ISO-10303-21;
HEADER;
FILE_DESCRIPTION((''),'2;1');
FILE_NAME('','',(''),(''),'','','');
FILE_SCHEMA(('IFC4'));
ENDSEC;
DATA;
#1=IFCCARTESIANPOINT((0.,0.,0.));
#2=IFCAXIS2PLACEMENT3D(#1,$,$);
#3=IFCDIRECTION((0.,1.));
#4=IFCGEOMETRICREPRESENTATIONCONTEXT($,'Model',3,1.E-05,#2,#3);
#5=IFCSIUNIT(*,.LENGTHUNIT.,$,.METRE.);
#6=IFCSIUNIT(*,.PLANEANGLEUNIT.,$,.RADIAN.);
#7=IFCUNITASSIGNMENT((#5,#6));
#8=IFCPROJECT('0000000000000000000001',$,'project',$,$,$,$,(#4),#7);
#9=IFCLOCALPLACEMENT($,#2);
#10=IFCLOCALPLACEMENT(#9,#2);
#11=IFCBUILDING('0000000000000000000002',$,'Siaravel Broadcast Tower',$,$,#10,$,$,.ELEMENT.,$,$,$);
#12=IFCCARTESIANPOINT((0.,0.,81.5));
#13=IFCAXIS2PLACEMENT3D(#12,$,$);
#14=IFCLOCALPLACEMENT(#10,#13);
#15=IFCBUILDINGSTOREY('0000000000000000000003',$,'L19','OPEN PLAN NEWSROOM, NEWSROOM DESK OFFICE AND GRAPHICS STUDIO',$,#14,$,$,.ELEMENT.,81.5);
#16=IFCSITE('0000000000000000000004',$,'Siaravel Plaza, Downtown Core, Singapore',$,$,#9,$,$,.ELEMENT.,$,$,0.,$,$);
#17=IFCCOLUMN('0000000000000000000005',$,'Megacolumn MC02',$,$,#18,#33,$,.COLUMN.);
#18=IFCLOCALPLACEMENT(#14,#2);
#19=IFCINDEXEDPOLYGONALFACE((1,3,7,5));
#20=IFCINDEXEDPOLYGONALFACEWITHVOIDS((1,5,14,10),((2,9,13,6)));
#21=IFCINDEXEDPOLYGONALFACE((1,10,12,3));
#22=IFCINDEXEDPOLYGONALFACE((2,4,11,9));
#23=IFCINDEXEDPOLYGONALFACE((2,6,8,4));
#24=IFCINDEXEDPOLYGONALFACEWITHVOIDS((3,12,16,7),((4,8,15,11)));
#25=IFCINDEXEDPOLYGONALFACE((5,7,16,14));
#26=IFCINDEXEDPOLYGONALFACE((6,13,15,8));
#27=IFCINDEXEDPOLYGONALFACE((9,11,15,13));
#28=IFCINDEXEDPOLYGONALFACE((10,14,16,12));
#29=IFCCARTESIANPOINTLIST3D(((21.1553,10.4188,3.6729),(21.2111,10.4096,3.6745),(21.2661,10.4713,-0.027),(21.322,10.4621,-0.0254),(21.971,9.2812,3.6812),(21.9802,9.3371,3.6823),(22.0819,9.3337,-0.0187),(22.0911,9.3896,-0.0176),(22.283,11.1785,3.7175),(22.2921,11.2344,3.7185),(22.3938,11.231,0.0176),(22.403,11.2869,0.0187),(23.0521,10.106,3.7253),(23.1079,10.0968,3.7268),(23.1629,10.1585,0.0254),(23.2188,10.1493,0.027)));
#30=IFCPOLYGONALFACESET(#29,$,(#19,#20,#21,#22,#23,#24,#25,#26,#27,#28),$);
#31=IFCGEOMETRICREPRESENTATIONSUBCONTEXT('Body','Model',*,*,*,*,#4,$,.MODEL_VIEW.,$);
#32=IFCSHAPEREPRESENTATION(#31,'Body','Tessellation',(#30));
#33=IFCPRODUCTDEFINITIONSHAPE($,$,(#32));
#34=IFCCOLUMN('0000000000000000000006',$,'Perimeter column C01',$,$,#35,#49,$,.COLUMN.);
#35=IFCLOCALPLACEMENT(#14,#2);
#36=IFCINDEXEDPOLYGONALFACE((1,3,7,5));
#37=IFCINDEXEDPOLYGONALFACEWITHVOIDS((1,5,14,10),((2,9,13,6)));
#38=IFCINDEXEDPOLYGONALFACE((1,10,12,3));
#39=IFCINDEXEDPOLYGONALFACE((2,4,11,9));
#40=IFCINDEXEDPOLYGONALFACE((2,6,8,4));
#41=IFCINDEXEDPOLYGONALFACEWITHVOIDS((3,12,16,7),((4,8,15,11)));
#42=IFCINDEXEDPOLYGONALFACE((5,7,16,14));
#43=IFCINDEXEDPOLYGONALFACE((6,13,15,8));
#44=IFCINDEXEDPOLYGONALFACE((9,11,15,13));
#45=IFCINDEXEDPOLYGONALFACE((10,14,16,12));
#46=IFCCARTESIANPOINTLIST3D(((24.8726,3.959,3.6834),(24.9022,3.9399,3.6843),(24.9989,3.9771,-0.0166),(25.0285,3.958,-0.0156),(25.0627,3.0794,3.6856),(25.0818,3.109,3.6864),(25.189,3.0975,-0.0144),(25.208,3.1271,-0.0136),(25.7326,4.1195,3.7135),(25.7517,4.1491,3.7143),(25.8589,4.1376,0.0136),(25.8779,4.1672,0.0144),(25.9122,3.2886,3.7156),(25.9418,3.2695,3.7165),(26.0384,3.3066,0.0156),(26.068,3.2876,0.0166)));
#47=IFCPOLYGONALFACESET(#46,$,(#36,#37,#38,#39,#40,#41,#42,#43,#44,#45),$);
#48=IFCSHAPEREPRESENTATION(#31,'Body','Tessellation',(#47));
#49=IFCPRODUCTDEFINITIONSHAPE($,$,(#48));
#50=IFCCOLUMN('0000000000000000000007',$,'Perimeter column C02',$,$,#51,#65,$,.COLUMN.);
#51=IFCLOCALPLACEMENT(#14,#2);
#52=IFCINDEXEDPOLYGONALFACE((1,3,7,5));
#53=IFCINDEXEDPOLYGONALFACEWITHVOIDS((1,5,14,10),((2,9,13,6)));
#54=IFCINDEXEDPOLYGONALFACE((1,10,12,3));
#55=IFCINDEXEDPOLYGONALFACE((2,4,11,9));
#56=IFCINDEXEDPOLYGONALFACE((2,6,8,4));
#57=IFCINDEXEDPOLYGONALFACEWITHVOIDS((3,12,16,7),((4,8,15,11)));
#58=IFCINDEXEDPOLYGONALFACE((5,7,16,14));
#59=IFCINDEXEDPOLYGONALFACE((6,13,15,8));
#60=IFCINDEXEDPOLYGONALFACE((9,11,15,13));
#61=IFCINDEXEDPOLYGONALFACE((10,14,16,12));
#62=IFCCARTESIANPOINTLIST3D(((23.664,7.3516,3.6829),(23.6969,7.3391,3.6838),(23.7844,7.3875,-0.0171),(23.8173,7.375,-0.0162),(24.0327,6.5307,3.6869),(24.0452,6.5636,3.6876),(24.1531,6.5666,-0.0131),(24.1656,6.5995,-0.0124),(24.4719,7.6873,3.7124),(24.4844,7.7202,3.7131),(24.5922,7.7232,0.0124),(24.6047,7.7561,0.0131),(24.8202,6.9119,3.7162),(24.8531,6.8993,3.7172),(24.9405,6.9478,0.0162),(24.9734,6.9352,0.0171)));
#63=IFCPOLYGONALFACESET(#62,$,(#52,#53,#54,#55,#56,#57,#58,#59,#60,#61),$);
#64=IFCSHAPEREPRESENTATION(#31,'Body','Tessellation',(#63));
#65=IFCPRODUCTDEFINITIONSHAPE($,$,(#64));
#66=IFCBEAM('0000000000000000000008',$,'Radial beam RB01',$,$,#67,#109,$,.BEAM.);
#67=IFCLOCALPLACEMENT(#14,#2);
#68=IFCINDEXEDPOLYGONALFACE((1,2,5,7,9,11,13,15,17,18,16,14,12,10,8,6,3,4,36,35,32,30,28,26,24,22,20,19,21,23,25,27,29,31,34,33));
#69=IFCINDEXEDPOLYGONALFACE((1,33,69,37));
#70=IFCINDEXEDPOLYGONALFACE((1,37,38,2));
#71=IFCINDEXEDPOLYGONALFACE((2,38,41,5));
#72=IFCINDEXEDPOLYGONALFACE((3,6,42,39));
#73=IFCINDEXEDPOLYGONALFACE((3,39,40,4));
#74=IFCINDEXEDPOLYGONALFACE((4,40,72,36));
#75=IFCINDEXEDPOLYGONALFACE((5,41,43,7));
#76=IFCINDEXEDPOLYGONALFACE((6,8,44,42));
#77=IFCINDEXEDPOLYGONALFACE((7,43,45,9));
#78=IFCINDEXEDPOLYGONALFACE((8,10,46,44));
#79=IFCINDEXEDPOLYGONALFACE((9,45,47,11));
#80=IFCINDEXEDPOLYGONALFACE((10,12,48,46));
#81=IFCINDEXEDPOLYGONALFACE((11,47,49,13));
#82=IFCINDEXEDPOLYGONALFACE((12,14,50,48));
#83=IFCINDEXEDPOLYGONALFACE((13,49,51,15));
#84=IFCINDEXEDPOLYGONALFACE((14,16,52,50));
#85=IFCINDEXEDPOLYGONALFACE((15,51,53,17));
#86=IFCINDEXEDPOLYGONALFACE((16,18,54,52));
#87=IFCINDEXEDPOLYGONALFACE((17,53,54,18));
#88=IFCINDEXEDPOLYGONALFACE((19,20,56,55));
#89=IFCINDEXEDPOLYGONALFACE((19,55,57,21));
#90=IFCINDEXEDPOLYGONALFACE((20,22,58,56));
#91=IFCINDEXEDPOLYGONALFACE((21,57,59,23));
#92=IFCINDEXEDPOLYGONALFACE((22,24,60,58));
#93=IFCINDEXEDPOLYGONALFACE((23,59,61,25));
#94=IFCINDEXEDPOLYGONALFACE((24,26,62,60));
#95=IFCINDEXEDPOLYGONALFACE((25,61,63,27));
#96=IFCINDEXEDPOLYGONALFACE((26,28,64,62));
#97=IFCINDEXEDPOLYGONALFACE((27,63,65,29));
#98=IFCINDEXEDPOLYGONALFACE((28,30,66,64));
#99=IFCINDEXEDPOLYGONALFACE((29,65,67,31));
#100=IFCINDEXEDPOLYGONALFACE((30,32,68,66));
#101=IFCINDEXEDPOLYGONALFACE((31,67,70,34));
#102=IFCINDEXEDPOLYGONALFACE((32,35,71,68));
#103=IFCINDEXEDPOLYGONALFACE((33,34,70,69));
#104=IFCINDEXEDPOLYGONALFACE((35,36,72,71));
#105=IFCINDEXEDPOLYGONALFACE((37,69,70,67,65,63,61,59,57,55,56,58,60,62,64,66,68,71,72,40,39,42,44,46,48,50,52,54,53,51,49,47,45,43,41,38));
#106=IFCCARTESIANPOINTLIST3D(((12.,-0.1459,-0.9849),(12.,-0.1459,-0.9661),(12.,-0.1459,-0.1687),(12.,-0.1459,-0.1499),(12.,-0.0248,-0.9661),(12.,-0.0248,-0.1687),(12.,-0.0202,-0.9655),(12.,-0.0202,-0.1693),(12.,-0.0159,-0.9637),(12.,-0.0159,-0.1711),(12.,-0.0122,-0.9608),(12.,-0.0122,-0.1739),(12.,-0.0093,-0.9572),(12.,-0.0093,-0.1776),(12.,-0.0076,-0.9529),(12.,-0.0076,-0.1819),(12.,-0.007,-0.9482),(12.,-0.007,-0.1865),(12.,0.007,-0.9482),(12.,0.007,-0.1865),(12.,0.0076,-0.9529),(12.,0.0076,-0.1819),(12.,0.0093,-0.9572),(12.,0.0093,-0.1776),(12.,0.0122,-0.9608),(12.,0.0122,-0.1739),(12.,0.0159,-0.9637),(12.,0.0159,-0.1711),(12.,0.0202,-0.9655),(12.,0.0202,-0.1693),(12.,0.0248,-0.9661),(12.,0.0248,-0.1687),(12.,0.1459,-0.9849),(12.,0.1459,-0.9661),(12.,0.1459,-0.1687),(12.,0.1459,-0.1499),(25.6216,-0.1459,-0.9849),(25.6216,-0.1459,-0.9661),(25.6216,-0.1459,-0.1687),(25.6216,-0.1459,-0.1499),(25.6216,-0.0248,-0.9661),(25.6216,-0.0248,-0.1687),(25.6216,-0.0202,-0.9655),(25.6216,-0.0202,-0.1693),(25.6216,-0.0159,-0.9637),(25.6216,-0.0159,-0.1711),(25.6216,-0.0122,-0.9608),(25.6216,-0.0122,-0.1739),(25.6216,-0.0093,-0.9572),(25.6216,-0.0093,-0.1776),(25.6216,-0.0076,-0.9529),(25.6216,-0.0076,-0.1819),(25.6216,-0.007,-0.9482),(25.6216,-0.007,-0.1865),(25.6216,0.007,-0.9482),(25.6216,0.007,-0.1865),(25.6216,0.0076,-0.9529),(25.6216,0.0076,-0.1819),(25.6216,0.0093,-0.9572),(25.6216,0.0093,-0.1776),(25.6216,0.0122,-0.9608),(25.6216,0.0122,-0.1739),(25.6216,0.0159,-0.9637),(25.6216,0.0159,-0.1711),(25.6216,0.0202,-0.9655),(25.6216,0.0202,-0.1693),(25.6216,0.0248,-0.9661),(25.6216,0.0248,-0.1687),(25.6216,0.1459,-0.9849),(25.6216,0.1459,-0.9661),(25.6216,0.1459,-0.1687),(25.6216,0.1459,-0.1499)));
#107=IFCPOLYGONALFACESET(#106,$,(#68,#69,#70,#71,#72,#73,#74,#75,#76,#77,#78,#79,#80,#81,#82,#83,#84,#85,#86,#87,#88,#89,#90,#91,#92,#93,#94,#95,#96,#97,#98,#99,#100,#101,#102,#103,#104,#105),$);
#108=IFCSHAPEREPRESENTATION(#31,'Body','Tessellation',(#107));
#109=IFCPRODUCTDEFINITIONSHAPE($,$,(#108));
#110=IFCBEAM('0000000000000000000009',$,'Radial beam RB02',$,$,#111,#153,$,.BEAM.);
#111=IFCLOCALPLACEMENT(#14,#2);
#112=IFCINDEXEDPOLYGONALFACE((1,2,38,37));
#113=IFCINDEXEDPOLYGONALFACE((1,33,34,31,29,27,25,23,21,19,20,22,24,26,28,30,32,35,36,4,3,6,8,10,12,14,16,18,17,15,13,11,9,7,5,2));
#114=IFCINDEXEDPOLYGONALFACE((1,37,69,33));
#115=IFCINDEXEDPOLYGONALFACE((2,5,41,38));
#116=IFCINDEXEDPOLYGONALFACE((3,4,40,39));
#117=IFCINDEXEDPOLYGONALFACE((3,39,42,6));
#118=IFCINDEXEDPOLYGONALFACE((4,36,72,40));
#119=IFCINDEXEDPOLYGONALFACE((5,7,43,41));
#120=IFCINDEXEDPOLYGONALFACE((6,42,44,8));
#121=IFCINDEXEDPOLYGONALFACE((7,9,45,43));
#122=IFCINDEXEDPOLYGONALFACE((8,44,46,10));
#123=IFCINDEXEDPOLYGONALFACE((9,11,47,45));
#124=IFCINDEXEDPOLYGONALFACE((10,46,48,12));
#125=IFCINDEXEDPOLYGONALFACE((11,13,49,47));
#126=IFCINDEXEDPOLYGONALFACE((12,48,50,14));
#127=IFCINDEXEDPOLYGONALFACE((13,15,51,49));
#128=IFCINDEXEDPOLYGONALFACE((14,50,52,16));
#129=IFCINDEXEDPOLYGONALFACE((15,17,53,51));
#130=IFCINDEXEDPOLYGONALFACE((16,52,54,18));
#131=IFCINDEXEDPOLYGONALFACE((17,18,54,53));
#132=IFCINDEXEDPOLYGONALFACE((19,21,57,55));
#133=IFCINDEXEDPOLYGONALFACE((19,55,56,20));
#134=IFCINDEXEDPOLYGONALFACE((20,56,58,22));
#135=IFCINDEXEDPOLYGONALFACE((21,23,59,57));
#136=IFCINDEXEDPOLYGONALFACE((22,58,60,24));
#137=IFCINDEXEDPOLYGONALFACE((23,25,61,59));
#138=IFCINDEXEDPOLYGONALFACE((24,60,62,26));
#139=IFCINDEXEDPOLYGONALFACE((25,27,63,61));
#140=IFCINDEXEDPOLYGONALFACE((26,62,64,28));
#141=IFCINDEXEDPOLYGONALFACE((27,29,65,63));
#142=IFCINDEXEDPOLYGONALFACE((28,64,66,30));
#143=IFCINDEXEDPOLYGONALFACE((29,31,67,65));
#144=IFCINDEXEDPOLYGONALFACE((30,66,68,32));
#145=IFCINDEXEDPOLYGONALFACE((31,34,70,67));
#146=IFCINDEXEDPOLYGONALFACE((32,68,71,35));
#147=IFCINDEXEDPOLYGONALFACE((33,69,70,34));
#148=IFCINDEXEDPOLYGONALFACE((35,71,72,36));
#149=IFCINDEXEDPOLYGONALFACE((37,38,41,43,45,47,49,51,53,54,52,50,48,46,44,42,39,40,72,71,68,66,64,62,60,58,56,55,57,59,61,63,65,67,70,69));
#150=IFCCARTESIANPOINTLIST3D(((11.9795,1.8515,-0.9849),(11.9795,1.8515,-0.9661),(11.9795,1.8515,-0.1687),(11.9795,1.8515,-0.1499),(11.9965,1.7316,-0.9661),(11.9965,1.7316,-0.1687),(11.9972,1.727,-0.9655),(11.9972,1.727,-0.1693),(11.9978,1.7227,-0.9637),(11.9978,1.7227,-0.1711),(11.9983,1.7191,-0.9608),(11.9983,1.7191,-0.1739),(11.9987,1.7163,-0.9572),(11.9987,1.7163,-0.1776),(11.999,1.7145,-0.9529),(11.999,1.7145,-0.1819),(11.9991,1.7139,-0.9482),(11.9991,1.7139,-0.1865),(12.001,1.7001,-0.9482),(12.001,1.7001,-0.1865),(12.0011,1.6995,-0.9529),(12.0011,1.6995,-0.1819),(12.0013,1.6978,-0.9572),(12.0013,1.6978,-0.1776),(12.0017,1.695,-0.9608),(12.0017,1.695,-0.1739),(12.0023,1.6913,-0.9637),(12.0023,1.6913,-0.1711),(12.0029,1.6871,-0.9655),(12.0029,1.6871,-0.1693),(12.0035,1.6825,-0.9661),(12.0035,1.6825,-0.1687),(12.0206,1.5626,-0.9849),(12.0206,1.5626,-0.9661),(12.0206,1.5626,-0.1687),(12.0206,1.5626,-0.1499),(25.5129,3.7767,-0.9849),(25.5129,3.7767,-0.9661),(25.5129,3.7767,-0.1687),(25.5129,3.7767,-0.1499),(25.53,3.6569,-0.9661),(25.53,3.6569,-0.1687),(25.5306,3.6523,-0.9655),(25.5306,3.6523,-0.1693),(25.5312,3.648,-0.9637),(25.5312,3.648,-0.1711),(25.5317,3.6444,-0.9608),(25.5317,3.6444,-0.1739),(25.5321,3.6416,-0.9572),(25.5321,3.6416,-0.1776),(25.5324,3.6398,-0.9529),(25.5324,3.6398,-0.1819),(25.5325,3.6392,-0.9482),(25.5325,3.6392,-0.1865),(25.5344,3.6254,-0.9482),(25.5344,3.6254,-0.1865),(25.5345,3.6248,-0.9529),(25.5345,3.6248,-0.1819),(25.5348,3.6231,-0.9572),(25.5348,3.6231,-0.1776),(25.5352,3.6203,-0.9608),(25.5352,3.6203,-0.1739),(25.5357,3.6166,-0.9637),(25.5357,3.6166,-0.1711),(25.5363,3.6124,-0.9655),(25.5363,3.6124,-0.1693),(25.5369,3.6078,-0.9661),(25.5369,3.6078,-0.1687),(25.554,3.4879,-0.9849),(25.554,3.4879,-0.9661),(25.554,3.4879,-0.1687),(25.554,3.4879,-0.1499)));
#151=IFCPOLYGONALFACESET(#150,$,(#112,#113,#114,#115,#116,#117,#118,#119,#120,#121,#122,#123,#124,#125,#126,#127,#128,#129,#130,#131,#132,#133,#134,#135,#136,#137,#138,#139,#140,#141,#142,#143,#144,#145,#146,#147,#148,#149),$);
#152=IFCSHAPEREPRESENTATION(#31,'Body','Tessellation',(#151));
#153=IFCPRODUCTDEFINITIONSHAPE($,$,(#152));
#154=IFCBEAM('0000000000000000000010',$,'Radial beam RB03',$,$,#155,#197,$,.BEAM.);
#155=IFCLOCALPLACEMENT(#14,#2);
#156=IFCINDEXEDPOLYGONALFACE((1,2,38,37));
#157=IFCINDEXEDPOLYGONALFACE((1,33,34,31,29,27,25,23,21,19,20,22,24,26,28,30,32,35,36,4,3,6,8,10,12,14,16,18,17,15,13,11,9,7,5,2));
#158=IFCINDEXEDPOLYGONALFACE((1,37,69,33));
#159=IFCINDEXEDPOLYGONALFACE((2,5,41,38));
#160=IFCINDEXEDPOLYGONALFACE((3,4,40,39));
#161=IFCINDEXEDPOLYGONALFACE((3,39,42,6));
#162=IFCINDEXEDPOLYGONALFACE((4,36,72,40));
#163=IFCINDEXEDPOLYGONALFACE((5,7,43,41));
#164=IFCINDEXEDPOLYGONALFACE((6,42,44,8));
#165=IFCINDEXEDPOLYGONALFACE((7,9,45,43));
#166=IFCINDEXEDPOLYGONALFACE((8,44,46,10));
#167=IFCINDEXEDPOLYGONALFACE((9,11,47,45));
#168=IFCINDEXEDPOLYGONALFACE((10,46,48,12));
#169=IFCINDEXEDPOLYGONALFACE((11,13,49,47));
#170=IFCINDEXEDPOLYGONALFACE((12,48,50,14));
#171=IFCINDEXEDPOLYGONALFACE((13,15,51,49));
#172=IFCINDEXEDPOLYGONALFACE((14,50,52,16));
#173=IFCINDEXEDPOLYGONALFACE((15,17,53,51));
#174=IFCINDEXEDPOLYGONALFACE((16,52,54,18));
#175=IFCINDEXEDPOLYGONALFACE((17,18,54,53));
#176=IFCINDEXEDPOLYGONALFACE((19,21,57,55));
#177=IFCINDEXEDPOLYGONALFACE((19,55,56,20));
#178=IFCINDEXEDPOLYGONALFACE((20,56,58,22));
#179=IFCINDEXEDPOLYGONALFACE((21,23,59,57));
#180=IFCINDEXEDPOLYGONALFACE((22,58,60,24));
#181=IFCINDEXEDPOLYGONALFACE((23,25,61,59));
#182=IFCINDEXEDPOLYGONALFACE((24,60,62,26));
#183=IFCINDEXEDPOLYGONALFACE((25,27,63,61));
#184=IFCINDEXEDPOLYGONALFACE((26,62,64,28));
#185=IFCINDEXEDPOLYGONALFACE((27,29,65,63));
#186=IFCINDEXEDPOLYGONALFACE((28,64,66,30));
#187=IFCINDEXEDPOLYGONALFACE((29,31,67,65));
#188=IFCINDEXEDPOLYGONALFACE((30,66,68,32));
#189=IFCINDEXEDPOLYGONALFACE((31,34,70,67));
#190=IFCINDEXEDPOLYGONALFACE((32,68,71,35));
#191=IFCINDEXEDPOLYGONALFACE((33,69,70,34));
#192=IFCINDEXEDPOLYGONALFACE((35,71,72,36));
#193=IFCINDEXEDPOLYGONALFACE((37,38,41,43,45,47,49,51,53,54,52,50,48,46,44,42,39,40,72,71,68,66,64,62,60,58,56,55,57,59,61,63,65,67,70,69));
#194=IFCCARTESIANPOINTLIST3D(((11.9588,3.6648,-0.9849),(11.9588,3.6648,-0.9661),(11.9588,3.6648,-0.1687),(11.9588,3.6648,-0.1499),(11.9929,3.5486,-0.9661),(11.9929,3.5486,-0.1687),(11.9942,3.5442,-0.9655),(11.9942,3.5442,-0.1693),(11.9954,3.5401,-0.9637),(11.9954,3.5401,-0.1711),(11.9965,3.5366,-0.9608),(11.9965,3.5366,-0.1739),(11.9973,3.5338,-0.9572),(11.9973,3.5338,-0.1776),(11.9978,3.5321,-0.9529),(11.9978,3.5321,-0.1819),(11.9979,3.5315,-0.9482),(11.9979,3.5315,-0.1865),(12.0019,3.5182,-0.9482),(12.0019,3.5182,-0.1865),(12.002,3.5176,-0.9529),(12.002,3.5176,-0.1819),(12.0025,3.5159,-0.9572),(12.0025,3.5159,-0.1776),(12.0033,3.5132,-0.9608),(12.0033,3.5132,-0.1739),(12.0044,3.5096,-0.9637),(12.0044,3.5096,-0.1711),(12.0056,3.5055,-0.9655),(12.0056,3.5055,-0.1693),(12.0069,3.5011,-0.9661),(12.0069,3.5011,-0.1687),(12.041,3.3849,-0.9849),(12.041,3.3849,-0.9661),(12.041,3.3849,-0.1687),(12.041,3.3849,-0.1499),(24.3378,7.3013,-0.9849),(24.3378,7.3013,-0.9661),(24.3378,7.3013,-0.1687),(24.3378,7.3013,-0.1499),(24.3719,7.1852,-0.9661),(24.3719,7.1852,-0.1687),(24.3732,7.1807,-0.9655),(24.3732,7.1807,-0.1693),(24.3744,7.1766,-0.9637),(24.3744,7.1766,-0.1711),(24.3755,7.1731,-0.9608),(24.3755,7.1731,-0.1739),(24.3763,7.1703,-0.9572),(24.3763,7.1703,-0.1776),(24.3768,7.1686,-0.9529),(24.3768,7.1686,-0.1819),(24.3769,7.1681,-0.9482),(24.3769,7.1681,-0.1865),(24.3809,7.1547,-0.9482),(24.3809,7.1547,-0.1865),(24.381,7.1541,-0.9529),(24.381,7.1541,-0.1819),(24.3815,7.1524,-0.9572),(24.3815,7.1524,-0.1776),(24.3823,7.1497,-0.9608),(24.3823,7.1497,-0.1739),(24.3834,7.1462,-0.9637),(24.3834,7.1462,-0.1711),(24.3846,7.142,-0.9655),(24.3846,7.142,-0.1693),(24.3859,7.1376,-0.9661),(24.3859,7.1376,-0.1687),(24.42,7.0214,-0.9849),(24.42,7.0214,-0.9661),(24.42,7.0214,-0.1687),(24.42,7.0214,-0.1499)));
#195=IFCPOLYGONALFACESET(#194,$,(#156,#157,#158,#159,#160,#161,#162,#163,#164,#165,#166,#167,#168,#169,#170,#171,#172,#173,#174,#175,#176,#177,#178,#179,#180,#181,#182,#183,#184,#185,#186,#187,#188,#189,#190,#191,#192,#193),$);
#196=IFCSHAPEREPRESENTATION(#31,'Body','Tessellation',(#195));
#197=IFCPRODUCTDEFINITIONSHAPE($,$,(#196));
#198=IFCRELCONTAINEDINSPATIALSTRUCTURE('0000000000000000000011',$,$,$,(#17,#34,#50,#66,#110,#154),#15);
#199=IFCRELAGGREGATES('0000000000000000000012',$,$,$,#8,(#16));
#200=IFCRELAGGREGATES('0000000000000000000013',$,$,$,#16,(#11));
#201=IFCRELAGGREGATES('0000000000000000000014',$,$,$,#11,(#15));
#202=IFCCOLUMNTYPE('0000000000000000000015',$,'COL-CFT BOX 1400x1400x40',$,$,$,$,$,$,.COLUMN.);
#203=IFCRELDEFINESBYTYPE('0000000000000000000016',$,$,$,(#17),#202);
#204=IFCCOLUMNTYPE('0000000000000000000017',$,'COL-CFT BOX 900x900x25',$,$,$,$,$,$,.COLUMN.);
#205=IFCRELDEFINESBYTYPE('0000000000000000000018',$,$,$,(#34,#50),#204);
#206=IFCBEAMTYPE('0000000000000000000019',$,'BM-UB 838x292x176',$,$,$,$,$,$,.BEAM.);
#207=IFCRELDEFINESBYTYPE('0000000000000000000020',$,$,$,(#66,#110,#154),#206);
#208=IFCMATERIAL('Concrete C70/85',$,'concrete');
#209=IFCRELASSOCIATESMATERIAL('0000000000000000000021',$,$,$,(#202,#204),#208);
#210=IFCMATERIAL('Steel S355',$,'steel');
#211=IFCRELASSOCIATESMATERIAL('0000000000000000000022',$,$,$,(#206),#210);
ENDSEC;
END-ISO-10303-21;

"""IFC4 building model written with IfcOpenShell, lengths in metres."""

from ifc_helpers import new_model, si_unit, direction, frame, origin, origin_2d, place, context, subcontext, project, spatial, hollow_rectangle, i_section, extrude, material, material_profile, profile_set, type_object, element, save


model = new_model("IFC4")

# Units and contexts
model_context = context("Model", 3, precision=1e-05, world=origin(), true_north=direction((0.0, 1.0)))
body_context = subcontext(model_context, "Body", "Model", "MODEL_VIEW")
ifc_project = project(units=[si_unit("LENGTHUNIT", "METRE"), si_unit("PLANEANGLEUNIT", "RADIAN")], contexts=[model_context])

# Site, building, storey
site_placement = place(None, origin())
site = spatial("IfcSite", under=ifc_project, at=site_placement, Name="Siaravel Plaza, Downtown Core, Singapore", CompositionType="ELEMENT", RefElevation=0.0)
building_placement = place(site_placement, origin())
building = spatial("IfcBuilding", under=site, at=building_placement, Name="Siaravel Broadcast Tower", CompositionType="ELEMENT")
storey_placement = place(building_placement, frame((0.0, 0.0, 81.5)))
storey = spatial("IfcBuildingStorey", under=building, at=storey_placement, Name="L19", Description="OPEN PLAN NEWSROOM, NEWSROOM DESK OFFICE AND GRAPHICS STUDIO", CompositionType="ELEMENT", Elevation=81.5)

# Columns
ifc_material_1 = material(Name="Concrete C70/85", Category="concrete")
ifc_material_profile_1 = material_profile(ifc_material_1, hollow_rectangle(XDim=1.3999, YDim=1.3999, WallThickness=0.04, at=origin_2d()))
ifc_profile_set_1 = profile_set([ifc_material_profile_1], Name="Concrete C70/85")
column_type_1 = type_object("IfcColumnType", Name="COL-CFT BOX 1400x1400x40", PredefinedType="COLUMN", material=ifc_profile_set_1)
column_placement = place(storey_placement, frame((22.2424, 10.3103, 0.0), z_axis=(-0.029941, -0.014179, 0.999451), x_axis=(0.58274, -0.812637, 0.005929)))
element("IfcColumn", 1, at=column_placement, inside=storey, type_object=column_type_1, Name="Megacolumn MC02", PredefinedType="COLUMN", context=body_context, shape_type="SweptSolid", body=[
    extrude(hollow_rectangle(XDim=1.3999, YDim=1.3999, WallThickness=0.04, at=origin_2d()), origin(), (0.0, 0.0, 1.0), 3.7019),
])
ifc_material_profile_2 = material_profile(ifc_material_1, hollow_rectangle(XDim=0.8999, YDim=0.8999, WallThickness=0.0249, at=origin_2d()))
ifc_profile_set_2 = profile_set([ifc_material_profile_2], Name="Concrete C70/85")
column_type_2 = type_object("IfcColumnType", Name="COL-CFT BOX 900x900x25", PredefinedType="COLUMN", material=ifc_profile_set_2)
for number, where, z_axis, x_axis, name in (
    (2, (25.5334, 3.6323, 0.0), (-0.034094, -0.00488, 0.999407), (0.211243, -0.977431, 0.002434), "Perimeter column C01"),
    (3, (24.3789, 7.1614, 0.0), (-0.032512, -0.009694, 0.999424), (0.409711, -0.912205, 0.00448), "Perimeter column C02"),
):
    element("IfcColumn", number, at=place(storey_placement, frame(where, z_axis=z_axis, x_axis=x_axis)), inside=storey, type_object=column_type_2, Name=name, PredefinedType="COLUMN", context=body_context, shape_type="SweptSolid", body=[
        extrude(hollow_rectangle(XDim=0.8999, YDim=0.8999, WallThickness=0.0249, at=origin_2d()), origin(), (0.0, 0.0, 1.0), 3.7021),
    ])

# Beams
ifc_material_2 = material(Name="Steel S355", Category="steel")
ifc_material_profile_3 = material_profile(ifc_material_2, i_section(OverallWidth=0.2917, OverallDepth=0.835, WebThickness=0.0139, FlangeThickness=0.0188, FilletRadius=0.0178, at=origin_2d()))
ifc_profile_set_3 = profile_set([ifc_material_profile_3], Name="Steel S355")
beam_type = type_object("IfcBeamType", Name="BM-UB 838x292x176", PredefinedType="BEAM", material=ifc_profile_set_3)
beam_1_placement = place(storey_placement, frame((25.6216, 0.0, -0.5674), z_axis=(-1.0, 0.0, 0.0), x_axis=(0.0, -1.0, 0.0)))
element("IfcBeam", 4, at=beam_1_placement, inside=storey, type_object=beam_type, Name="Radial beam RB01", PredefinedType="BEAM", context=body_context, shape_type="SweptSolid", body=[
    extrude(i_section(OverallWidth=0.2917, OverallDepth=0.835, WebThickness=0.0139, FlangeThickness=0.0188, FilletRadius=0.0178, at=origin_2d()), origin(), (0.0, 0.0, 1.0), 13.6216),
])
beam_2_placement = place(storey_placement, frame((25.5334, 3.6323, -0.5674), z_axis=(-0.990032, -0.140844, 0.0), x_axis=(0.140844, -0.990032, 0.0)))
element("IfcBeam", 5, at=beam_2_placement, inside=storey, type_object=beam_type, Name="Radial beam RB02", PredefinedType="BEAM", context=body_context, shape_type="SweptSolid", body=[
    extrude(i_section(OverallWidth=0.2917, OverallDepth=0.835, WebThickness=0.0139, FlangeThickness=0.0188, FilletRadius=0.0178, at=origin_2d()), origin(), (0.0, 0.0, 1.0), 13.6697),
])
beam_3_placement = place(storey_placement, frame((24.3789, 7.1614, -0.5674), z_axis=(-0.959457, -0.281854, 0.0), x_axis=(0.281854, -0.959457, 0.0)))
element("IfcBeam", 6, at=beam_3_placement, inside=storey, type_object=beam_type, Name="Radial beam RB03", PredefinedType="BEAM", context=body_context, shape_type="SweptSolid", body=[
    extrude(i_section(OverallWidth=0.2917, OverallDepth=0.835, WebThickness=0.0139, FlangeThickness=0.0188, FilletRadius=0.0178, at=origin_2d()), origin(), (0.0, 0.0, 1.0), 12.9021),
])

save(model, "model.ifc")
